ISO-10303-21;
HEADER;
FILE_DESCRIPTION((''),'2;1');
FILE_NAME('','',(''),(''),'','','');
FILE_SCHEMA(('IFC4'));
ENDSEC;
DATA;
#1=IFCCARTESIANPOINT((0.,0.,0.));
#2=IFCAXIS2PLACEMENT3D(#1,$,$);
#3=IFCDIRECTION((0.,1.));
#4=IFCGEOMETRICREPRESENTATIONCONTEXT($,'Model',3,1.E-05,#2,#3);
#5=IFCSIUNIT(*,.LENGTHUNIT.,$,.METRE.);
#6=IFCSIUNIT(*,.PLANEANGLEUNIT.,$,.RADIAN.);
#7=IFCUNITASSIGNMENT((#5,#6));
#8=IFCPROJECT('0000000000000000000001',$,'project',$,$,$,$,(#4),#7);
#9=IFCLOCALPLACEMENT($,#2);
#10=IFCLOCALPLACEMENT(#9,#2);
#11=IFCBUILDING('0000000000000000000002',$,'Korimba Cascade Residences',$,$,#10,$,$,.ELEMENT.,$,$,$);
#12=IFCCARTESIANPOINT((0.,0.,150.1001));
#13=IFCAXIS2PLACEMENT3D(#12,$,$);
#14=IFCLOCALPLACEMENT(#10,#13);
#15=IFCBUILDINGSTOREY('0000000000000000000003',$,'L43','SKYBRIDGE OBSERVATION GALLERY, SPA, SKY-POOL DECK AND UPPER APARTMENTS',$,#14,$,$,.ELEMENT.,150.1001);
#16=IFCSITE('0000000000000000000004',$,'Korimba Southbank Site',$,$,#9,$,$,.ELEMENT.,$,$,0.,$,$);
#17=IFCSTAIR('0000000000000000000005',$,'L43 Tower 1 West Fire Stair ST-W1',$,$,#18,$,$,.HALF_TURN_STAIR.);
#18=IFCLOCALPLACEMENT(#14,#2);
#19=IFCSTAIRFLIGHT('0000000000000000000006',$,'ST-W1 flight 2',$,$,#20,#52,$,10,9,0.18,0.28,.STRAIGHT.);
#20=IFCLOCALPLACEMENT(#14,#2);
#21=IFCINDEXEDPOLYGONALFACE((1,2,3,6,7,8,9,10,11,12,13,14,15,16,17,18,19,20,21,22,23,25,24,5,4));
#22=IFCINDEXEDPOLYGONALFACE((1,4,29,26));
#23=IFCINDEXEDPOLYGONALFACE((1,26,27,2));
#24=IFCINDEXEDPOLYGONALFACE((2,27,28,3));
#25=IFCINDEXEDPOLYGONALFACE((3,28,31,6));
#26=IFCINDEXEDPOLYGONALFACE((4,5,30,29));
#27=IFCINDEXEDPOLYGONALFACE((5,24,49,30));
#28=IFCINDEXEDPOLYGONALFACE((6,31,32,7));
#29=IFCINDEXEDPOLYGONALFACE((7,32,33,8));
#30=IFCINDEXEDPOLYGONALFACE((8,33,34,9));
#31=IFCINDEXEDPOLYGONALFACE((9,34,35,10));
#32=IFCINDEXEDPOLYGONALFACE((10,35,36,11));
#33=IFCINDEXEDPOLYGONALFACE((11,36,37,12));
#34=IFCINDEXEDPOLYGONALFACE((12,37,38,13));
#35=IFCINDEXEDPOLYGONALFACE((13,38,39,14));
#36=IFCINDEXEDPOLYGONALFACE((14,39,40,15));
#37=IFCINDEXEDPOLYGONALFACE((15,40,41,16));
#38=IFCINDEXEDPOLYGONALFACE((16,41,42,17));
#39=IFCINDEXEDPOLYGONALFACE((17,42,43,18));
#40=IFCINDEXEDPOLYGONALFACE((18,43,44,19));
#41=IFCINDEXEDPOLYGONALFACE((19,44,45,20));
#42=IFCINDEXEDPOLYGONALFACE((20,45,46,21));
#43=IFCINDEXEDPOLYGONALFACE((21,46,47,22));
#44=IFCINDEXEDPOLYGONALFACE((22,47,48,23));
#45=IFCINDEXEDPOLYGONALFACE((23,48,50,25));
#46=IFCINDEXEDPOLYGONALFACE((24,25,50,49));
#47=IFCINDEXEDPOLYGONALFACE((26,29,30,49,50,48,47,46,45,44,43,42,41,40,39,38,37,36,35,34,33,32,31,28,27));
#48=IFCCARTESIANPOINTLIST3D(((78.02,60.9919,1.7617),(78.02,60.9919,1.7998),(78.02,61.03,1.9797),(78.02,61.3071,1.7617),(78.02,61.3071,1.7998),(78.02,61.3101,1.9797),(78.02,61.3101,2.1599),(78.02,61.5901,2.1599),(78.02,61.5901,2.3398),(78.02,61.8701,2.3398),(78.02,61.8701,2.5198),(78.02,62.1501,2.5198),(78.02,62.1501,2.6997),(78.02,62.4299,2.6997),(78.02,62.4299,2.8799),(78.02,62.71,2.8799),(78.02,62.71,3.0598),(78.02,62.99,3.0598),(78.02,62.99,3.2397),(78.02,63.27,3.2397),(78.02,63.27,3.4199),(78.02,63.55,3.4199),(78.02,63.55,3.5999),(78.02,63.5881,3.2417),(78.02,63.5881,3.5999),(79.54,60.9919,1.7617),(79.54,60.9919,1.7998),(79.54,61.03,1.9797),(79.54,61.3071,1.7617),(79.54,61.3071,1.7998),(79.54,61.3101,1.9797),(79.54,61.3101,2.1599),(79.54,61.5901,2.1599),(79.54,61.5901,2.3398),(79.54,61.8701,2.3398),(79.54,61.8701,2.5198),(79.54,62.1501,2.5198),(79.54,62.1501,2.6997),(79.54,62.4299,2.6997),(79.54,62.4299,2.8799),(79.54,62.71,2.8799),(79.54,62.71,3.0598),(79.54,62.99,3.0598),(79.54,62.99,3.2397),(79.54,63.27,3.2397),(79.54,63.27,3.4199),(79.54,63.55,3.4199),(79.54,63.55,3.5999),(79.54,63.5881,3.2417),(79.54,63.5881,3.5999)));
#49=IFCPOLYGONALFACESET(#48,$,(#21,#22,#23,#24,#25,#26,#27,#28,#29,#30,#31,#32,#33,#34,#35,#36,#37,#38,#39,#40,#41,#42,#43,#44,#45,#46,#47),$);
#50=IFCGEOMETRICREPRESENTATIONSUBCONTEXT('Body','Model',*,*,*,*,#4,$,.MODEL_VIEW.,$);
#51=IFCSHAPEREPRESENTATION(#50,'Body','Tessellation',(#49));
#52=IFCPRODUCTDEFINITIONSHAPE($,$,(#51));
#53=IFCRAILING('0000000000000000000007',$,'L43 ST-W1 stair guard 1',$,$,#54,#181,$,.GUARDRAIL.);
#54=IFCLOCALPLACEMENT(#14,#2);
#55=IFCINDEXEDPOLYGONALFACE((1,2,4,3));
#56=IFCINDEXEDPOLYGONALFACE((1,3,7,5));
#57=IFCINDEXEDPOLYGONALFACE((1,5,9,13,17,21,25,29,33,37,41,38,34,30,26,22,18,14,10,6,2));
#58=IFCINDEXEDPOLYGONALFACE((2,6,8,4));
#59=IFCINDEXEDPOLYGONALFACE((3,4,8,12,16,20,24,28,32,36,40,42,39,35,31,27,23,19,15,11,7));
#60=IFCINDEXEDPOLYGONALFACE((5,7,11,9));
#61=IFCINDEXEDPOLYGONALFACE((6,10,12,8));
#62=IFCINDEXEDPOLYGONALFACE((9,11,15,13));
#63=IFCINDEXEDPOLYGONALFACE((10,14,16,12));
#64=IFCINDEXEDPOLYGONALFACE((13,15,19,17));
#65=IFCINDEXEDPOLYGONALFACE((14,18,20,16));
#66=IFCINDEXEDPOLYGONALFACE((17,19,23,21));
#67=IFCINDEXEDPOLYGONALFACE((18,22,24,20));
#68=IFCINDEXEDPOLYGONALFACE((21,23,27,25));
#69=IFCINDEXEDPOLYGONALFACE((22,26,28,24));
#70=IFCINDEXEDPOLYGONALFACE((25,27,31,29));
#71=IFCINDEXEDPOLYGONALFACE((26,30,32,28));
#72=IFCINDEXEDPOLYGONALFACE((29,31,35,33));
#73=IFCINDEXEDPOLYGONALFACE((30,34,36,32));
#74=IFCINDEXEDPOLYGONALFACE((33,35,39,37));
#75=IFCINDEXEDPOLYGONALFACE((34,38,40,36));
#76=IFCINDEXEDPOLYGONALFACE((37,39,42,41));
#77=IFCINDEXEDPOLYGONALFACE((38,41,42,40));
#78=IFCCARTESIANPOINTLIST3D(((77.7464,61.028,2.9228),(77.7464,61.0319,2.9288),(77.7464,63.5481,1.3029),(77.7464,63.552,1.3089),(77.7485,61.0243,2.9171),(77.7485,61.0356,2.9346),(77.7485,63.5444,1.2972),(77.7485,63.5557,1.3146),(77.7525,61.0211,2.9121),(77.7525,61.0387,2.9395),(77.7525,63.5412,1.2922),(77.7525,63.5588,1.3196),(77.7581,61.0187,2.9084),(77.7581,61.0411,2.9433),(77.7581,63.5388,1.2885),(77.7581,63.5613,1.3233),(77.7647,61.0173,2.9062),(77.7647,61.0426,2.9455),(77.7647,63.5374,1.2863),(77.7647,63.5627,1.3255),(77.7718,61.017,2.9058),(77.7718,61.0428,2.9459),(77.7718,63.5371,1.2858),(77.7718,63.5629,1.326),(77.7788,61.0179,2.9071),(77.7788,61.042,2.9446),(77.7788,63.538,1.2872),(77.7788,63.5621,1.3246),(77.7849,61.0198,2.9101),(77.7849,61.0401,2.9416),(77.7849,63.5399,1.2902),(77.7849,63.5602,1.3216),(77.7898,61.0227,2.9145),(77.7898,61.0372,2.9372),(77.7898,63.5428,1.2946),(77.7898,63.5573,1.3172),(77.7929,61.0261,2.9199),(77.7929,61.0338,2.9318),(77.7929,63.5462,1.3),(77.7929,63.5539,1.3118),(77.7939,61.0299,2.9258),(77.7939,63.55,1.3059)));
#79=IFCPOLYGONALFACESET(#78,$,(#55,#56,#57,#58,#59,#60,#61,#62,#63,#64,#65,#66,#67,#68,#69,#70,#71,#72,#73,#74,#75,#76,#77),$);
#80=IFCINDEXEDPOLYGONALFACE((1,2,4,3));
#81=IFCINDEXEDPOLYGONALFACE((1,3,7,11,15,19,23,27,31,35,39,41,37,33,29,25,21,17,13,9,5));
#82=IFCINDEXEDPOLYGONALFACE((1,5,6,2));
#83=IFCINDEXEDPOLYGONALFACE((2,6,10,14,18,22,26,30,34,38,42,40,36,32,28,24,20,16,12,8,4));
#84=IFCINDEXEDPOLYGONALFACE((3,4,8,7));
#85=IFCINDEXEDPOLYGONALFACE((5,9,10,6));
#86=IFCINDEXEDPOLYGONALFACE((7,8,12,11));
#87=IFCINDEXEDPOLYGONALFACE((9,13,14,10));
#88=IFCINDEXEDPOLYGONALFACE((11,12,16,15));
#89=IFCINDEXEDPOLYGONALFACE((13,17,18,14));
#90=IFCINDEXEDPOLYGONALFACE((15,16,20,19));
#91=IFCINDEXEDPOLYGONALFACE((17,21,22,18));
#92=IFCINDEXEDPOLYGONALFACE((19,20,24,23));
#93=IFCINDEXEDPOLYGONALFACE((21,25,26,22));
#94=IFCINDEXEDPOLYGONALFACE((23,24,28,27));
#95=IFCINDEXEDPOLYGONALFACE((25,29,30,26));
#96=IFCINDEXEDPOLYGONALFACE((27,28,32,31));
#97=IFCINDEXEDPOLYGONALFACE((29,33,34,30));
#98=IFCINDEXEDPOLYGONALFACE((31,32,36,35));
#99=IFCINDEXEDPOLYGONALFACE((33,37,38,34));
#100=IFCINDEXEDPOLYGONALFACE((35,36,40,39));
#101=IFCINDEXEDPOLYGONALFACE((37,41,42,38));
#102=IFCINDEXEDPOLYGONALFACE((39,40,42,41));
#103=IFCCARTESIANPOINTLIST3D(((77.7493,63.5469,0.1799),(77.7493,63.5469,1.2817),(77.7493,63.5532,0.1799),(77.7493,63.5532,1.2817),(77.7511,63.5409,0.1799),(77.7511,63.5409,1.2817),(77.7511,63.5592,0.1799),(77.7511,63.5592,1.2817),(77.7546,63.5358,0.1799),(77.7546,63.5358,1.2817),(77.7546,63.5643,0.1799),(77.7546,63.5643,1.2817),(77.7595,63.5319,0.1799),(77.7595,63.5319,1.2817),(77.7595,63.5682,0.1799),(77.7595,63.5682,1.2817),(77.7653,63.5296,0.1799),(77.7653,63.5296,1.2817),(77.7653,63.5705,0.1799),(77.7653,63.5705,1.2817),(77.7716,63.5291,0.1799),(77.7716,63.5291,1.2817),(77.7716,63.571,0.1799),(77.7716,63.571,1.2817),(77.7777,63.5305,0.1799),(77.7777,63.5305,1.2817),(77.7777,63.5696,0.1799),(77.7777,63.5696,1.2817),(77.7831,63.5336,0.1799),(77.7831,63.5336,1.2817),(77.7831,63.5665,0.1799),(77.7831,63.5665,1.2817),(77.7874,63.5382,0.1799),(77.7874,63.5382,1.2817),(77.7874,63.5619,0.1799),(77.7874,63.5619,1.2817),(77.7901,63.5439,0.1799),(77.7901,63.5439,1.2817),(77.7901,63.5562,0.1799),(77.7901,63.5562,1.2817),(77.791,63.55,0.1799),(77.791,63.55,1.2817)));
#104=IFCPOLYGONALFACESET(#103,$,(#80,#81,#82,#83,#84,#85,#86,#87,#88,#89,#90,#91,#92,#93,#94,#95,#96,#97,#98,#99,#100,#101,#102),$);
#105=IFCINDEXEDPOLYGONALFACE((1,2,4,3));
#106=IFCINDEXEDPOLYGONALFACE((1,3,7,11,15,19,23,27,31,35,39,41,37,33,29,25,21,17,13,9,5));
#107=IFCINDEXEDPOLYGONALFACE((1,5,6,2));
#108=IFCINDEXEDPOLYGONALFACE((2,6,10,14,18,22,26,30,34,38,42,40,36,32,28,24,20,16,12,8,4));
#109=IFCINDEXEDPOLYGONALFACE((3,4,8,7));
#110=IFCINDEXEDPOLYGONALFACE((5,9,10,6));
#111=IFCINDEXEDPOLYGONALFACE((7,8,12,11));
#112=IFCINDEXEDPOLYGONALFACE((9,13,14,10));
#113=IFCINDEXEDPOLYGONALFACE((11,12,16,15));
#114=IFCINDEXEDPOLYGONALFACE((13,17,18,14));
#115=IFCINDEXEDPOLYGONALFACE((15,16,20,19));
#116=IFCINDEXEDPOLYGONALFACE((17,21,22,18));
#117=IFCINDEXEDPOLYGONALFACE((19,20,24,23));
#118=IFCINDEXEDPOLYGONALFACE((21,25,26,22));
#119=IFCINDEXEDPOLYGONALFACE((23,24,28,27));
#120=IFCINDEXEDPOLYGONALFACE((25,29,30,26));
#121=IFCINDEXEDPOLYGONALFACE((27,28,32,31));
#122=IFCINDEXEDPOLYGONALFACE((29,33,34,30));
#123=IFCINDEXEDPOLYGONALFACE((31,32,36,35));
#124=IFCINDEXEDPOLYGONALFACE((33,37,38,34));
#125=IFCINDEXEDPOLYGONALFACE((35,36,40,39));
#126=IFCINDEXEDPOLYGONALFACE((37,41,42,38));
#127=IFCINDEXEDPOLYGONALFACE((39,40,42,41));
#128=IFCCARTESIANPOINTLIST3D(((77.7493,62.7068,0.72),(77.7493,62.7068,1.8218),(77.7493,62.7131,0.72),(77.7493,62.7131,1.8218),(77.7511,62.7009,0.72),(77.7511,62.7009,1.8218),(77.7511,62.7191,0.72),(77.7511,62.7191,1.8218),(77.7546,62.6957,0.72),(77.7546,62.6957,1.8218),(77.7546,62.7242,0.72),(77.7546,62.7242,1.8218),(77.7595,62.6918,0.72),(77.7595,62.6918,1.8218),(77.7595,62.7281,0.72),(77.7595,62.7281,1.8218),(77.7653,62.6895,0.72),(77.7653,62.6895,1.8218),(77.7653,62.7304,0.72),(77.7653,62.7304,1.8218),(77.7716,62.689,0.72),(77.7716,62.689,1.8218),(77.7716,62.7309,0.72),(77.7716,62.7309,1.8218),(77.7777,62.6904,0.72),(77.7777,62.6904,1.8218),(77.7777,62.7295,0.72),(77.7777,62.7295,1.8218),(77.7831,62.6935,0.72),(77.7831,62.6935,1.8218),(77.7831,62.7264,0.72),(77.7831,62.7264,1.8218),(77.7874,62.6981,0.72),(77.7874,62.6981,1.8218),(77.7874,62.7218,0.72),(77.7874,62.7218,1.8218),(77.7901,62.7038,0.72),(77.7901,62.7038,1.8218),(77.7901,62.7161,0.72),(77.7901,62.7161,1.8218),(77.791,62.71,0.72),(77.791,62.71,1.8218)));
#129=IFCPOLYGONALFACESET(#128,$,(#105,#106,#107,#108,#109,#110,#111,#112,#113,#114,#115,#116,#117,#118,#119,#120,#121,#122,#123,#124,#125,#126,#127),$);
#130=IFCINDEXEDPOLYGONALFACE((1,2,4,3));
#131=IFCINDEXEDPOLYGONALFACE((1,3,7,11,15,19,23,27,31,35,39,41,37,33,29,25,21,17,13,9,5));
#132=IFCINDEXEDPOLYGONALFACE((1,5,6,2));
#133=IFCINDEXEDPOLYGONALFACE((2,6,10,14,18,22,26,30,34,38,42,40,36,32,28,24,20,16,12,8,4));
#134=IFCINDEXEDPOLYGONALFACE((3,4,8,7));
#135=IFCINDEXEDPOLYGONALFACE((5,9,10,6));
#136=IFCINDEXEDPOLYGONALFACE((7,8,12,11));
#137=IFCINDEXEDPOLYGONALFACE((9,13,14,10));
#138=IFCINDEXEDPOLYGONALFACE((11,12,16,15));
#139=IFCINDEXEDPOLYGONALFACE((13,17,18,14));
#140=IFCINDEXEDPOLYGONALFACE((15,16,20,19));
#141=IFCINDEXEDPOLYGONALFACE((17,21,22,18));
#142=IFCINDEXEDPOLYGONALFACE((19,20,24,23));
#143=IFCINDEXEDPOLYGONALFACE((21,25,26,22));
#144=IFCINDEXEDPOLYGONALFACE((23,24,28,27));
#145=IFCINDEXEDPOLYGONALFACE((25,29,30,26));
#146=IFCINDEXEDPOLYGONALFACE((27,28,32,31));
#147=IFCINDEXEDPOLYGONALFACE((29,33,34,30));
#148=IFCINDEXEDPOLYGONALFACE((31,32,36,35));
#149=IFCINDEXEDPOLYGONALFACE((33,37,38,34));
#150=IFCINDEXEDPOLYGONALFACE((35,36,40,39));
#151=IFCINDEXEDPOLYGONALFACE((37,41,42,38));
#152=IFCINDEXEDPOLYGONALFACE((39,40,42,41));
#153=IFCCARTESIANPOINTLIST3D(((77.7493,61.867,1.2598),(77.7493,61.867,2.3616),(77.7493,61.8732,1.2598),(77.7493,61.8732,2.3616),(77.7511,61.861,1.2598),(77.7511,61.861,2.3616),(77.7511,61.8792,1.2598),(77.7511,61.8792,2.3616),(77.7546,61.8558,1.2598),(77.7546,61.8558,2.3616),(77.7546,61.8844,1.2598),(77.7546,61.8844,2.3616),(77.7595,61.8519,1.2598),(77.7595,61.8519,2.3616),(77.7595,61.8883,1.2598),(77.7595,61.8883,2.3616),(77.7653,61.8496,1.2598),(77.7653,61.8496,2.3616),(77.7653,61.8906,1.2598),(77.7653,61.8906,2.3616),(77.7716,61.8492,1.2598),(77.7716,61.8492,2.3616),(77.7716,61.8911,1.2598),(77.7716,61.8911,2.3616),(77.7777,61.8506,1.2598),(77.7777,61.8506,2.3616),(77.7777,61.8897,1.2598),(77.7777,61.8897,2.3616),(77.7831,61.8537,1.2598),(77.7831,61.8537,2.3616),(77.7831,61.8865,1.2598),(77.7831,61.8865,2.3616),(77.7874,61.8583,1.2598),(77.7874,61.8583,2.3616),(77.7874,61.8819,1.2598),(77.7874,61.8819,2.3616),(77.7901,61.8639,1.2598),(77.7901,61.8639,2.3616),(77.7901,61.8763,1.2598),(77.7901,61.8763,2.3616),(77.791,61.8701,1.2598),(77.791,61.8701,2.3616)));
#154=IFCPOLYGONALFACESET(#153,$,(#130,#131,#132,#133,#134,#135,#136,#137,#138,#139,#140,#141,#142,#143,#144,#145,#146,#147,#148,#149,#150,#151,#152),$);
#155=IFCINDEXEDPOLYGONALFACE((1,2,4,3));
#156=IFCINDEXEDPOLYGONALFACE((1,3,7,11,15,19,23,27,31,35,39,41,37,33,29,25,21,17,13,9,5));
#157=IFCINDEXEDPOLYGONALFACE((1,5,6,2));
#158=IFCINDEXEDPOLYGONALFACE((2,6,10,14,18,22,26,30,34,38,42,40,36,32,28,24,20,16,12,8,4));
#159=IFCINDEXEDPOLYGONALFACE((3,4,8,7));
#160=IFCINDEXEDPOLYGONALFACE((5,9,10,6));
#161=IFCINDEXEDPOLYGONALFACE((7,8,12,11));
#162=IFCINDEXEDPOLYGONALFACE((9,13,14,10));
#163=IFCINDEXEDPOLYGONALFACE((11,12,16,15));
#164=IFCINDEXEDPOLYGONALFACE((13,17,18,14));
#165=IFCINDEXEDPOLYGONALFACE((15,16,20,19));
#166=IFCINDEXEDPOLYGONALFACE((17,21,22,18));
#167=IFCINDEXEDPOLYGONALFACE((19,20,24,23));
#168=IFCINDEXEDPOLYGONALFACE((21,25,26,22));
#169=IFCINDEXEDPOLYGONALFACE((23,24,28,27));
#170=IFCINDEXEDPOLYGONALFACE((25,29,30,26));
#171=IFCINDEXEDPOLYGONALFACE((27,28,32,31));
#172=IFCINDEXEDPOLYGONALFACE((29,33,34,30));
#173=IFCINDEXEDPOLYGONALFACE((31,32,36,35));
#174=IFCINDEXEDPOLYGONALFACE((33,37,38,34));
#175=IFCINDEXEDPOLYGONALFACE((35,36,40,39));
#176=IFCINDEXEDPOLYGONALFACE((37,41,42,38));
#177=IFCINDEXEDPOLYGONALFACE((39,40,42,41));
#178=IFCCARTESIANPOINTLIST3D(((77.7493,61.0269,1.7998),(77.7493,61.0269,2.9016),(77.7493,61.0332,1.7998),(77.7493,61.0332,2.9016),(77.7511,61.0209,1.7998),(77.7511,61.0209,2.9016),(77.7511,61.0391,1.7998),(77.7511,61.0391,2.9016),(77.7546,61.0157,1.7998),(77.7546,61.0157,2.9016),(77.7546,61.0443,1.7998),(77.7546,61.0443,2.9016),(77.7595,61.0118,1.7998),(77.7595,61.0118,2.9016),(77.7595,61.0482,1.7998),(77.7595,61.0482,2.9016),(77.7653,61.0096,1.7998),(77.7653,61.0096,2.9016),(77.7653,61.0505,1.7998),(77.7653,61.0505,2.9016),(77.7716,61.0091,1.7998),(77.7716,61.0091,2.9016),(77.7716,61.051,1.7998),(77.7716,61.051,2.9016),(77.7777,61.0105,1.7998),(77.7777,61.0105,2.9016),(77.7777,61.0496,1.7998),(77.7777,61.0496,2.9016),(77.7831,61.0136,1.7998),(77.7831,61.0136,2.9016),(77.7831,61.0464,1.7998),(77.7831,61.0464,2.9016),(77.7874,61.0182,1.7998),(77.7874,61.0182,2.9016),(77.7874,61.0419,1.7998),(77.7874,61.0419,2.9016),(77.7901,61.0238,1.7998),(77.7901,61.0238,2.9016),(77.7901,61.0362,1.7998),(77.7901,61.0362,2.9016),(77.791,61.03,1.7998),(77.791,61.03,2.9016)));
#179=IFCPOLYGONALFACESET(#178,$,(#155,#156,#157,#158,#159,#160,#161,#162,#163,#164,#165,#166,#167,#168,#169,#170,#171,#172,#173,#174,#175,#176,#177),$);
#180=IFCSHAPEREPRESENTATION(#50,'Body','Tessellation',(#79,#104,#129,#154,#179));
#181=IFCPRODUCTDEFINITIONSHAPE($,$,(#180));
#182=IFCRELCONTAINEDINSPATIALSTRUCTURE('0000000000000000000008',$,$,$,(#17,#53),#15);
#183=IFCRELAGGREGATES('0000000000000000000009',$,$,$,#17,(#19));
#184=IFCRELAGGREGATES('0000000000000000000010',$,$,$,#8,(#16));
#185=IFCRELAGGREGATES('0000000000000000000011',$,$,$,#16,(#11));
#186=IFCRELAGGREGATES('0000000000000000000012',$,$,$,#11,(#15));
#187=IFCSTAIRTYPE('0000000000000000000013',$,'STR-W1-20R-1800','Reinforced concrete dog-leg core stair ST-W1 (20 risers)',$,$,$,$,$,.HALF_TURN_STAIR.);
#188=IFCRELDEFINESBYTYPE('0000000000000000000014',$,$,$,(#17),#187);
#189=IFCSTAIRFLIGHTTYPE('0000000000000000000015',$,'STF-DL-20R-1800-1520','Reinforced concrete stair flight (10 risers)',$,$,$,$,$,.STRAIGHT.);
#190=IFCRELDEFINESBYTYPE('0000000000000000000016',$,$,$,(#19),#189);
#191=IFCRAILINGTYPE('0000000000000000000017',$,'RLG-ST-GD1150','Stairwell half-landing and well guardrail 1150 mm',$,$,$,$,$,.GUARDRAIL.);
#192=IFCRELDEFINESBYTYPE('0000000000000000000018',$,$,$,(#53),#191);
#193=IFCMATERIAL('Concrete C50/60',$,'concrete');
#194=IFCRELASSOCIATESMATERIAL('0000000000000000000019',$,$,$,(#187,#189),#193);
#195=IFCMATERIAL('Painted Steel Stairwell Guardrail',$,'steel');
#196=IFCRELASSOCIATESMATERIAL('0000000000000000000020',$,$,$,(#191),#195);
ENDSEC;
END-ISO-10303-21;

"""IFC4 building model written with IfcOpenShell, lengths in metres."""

from ifc_helpers import new_model, si_unit, direction, frame, origin, origin_2d, place, context, subcontext, project, spatial, polyline, circle, outline, extrude, material, type_object, element, aggregate, save


model = new_model("IFC4")

# Units and contexts
model_context = context("Model", 3, precision=1e-05, world=origin(), true_north=direction((0.0, 1.0)))
body_context = subcontext(model_context, "Body", "Model", "MODEL_VIEW")
ifc_project = project(units=[si_unit("LENGTHUNIT", "METRE"), si_unit("PLANEANGLEUNIT", "RADIAN")], contexts=[model_context])

# Site, building, storey
site_placement = place(None, origin())
site = spatial("IfcSite", under=ifc_project, at=site_placement, Name="Korimba Southbank Site", CompositionType="ELEMENT", RefElevation=0.0)
building_placement = place(site_placement, origin())
building = spatial("IfcBuilding", under=site, at=building_placement, Name="Korimba Cascade Residences", CompositionType="ELEMENT")
storey_placement = place(building_placement, frame((0.0, 0.0, 150.1001)))
storey = spatial("IfcBuildingStorey", under=building, at=storey_placement, Name="L43", Description="SKYBRIDGE OBSERVATION GALLERY, SPA, SKY-POOL DECK AND UPPER APARTMENTS", CompositionType="ELEMENT", Elevation=150.1001)

# Shared definitions
ifc_material_1 = material(Name="Concrete C50/60", Category="concrete")

# Stair, stair flight
stair_type = type_object("IfcStairType", Name="STR-W1-20R-1800", Description="Reinforced concrete dog-leg core stair ST-W1 (20 risers)", PredefinedType="HALF_TURN_STAIR", material=ifc_material_1)
stair_placement = place(storey_placement, origin())
stair = element("IfcStair", 1, at=stair_placement, inside=storey, type_object=stair_type, Name="L43 Tower 1 West Fire Stair ST-W1", PredefinedType="HALF_TURN_STAIR")
stair_flight_type = type_object("IfcStairFlightType", Name="STF-DL-20R-1800-1520", Description="Reinforced concrete stair flight (10 risers)", PredefinedType="STRAIGHT", material=ifc_material_1)
stair_flight_1_placement = place(storey_placement, frame((78.78, 61.03, 1.7998), z_axis=(0.0, 0.0, 1.0), x_axis=(0.0, 1.0, 0.0)))
stair_flight_1 = element("IfcStairFlight", 2, at=stair_flight_1_placement, type_object=stair_flight_type, Name="ST-W1 flight 2", NumberOfRisers=10, NumberOfTreads=9, PredefinedType="STRAIGHT", RiserHeight=0.18, TreadLength=0.28, context=body_context, shape_type="SweptSolid", body=[
    extrude(outline(polyline([(-0.0381, 0.0), (0.0, 0.1799), (0.28, 0.1799), (0.28, 0.3601), (0.5601, 0.3601), (0.5601, 0.54), (0.8401, 0.54), (0.8401, 0.72), (1.1201, 0.72), (1.1201, 0.8999), (1.3999, 0.8999), (1.3999, 1.0801), (1.6799, 1.0801), (1.6799, 1.26), (1.96, 1.26), (1.96, 1.4399), (2.24, 1.4399), (2.24, 1.6201), (2.52, 1.6201), (2.52, 1.8), (2.5581, 1.8), (2.5581, 1.4419), (0.2771, 0.0), (0.2771, -0.0381), (-0.0381, -0.0381), (-0.0381, 0.0)])), frame((0.0, 0.76, 0.0), z_axis=(0.0, -1.0, 0.0), x_axis=(1.0, 0.0, 0.0)), (0.0, 0.0, 1.0), 1.52),
])
aggregate(stair, [stair_flight_1])

# Railing
ifc_material_2 = material(Name="Painted Steel Stairwell Guardrail", Category="steel")
railing_type_1 = type_object("IfcRailingType", Name="RLG-ST-GD1150", Description="Stairwell half-landing and well guardrail 1150 mm", PredefinedType="GUARDRAIL", material=ifc_material_2)
railing_1_placement = place(storey_placement, frame((77.77, 63.55, 0.1799)))
element("IfcRailing", 3, at=railing_1_placement, inside=storey, type_object=railing_type_1, Name="L43 ST-W1 stair guard 1", PredefinedType="GUARDRAIL", context=body_context, shape_type="SweptSolid", body=[
    extrude(circle(Radius=0.0239, at=origin_2d()), frame((0.0, 0.0, 1.126), z_axis=(0.0, -0.8412, 0.540725), x_axis=(1.0, 0.0, 0.0)), (0.0, 0.0, 1.0), 2.9958),
    extrude(circle(Radius=0.021, at=origin_2d()), origin(), (0.0, 0.0, 1.0), 1.1018),
    extrude(circle(Radius=0.021, at=origin_2d()), frame((0.0, -0.8401, 0.54)), (0.0, 0.0, 1.0), 1.1018),
    extrude(circle(Radius=0.021, at=origin_2d()), frame((0.0, -1.6799, 1.0798)), (0.0, 0.0, 1.0), 1.1018),
    extrude(circle(Radius=0.021, at=origin_2d()), frame((0.0, -2.52, 1.6199)), (0.0, 0.0, 1.0), 1.1018),
])

save(model, "model.ifc")
